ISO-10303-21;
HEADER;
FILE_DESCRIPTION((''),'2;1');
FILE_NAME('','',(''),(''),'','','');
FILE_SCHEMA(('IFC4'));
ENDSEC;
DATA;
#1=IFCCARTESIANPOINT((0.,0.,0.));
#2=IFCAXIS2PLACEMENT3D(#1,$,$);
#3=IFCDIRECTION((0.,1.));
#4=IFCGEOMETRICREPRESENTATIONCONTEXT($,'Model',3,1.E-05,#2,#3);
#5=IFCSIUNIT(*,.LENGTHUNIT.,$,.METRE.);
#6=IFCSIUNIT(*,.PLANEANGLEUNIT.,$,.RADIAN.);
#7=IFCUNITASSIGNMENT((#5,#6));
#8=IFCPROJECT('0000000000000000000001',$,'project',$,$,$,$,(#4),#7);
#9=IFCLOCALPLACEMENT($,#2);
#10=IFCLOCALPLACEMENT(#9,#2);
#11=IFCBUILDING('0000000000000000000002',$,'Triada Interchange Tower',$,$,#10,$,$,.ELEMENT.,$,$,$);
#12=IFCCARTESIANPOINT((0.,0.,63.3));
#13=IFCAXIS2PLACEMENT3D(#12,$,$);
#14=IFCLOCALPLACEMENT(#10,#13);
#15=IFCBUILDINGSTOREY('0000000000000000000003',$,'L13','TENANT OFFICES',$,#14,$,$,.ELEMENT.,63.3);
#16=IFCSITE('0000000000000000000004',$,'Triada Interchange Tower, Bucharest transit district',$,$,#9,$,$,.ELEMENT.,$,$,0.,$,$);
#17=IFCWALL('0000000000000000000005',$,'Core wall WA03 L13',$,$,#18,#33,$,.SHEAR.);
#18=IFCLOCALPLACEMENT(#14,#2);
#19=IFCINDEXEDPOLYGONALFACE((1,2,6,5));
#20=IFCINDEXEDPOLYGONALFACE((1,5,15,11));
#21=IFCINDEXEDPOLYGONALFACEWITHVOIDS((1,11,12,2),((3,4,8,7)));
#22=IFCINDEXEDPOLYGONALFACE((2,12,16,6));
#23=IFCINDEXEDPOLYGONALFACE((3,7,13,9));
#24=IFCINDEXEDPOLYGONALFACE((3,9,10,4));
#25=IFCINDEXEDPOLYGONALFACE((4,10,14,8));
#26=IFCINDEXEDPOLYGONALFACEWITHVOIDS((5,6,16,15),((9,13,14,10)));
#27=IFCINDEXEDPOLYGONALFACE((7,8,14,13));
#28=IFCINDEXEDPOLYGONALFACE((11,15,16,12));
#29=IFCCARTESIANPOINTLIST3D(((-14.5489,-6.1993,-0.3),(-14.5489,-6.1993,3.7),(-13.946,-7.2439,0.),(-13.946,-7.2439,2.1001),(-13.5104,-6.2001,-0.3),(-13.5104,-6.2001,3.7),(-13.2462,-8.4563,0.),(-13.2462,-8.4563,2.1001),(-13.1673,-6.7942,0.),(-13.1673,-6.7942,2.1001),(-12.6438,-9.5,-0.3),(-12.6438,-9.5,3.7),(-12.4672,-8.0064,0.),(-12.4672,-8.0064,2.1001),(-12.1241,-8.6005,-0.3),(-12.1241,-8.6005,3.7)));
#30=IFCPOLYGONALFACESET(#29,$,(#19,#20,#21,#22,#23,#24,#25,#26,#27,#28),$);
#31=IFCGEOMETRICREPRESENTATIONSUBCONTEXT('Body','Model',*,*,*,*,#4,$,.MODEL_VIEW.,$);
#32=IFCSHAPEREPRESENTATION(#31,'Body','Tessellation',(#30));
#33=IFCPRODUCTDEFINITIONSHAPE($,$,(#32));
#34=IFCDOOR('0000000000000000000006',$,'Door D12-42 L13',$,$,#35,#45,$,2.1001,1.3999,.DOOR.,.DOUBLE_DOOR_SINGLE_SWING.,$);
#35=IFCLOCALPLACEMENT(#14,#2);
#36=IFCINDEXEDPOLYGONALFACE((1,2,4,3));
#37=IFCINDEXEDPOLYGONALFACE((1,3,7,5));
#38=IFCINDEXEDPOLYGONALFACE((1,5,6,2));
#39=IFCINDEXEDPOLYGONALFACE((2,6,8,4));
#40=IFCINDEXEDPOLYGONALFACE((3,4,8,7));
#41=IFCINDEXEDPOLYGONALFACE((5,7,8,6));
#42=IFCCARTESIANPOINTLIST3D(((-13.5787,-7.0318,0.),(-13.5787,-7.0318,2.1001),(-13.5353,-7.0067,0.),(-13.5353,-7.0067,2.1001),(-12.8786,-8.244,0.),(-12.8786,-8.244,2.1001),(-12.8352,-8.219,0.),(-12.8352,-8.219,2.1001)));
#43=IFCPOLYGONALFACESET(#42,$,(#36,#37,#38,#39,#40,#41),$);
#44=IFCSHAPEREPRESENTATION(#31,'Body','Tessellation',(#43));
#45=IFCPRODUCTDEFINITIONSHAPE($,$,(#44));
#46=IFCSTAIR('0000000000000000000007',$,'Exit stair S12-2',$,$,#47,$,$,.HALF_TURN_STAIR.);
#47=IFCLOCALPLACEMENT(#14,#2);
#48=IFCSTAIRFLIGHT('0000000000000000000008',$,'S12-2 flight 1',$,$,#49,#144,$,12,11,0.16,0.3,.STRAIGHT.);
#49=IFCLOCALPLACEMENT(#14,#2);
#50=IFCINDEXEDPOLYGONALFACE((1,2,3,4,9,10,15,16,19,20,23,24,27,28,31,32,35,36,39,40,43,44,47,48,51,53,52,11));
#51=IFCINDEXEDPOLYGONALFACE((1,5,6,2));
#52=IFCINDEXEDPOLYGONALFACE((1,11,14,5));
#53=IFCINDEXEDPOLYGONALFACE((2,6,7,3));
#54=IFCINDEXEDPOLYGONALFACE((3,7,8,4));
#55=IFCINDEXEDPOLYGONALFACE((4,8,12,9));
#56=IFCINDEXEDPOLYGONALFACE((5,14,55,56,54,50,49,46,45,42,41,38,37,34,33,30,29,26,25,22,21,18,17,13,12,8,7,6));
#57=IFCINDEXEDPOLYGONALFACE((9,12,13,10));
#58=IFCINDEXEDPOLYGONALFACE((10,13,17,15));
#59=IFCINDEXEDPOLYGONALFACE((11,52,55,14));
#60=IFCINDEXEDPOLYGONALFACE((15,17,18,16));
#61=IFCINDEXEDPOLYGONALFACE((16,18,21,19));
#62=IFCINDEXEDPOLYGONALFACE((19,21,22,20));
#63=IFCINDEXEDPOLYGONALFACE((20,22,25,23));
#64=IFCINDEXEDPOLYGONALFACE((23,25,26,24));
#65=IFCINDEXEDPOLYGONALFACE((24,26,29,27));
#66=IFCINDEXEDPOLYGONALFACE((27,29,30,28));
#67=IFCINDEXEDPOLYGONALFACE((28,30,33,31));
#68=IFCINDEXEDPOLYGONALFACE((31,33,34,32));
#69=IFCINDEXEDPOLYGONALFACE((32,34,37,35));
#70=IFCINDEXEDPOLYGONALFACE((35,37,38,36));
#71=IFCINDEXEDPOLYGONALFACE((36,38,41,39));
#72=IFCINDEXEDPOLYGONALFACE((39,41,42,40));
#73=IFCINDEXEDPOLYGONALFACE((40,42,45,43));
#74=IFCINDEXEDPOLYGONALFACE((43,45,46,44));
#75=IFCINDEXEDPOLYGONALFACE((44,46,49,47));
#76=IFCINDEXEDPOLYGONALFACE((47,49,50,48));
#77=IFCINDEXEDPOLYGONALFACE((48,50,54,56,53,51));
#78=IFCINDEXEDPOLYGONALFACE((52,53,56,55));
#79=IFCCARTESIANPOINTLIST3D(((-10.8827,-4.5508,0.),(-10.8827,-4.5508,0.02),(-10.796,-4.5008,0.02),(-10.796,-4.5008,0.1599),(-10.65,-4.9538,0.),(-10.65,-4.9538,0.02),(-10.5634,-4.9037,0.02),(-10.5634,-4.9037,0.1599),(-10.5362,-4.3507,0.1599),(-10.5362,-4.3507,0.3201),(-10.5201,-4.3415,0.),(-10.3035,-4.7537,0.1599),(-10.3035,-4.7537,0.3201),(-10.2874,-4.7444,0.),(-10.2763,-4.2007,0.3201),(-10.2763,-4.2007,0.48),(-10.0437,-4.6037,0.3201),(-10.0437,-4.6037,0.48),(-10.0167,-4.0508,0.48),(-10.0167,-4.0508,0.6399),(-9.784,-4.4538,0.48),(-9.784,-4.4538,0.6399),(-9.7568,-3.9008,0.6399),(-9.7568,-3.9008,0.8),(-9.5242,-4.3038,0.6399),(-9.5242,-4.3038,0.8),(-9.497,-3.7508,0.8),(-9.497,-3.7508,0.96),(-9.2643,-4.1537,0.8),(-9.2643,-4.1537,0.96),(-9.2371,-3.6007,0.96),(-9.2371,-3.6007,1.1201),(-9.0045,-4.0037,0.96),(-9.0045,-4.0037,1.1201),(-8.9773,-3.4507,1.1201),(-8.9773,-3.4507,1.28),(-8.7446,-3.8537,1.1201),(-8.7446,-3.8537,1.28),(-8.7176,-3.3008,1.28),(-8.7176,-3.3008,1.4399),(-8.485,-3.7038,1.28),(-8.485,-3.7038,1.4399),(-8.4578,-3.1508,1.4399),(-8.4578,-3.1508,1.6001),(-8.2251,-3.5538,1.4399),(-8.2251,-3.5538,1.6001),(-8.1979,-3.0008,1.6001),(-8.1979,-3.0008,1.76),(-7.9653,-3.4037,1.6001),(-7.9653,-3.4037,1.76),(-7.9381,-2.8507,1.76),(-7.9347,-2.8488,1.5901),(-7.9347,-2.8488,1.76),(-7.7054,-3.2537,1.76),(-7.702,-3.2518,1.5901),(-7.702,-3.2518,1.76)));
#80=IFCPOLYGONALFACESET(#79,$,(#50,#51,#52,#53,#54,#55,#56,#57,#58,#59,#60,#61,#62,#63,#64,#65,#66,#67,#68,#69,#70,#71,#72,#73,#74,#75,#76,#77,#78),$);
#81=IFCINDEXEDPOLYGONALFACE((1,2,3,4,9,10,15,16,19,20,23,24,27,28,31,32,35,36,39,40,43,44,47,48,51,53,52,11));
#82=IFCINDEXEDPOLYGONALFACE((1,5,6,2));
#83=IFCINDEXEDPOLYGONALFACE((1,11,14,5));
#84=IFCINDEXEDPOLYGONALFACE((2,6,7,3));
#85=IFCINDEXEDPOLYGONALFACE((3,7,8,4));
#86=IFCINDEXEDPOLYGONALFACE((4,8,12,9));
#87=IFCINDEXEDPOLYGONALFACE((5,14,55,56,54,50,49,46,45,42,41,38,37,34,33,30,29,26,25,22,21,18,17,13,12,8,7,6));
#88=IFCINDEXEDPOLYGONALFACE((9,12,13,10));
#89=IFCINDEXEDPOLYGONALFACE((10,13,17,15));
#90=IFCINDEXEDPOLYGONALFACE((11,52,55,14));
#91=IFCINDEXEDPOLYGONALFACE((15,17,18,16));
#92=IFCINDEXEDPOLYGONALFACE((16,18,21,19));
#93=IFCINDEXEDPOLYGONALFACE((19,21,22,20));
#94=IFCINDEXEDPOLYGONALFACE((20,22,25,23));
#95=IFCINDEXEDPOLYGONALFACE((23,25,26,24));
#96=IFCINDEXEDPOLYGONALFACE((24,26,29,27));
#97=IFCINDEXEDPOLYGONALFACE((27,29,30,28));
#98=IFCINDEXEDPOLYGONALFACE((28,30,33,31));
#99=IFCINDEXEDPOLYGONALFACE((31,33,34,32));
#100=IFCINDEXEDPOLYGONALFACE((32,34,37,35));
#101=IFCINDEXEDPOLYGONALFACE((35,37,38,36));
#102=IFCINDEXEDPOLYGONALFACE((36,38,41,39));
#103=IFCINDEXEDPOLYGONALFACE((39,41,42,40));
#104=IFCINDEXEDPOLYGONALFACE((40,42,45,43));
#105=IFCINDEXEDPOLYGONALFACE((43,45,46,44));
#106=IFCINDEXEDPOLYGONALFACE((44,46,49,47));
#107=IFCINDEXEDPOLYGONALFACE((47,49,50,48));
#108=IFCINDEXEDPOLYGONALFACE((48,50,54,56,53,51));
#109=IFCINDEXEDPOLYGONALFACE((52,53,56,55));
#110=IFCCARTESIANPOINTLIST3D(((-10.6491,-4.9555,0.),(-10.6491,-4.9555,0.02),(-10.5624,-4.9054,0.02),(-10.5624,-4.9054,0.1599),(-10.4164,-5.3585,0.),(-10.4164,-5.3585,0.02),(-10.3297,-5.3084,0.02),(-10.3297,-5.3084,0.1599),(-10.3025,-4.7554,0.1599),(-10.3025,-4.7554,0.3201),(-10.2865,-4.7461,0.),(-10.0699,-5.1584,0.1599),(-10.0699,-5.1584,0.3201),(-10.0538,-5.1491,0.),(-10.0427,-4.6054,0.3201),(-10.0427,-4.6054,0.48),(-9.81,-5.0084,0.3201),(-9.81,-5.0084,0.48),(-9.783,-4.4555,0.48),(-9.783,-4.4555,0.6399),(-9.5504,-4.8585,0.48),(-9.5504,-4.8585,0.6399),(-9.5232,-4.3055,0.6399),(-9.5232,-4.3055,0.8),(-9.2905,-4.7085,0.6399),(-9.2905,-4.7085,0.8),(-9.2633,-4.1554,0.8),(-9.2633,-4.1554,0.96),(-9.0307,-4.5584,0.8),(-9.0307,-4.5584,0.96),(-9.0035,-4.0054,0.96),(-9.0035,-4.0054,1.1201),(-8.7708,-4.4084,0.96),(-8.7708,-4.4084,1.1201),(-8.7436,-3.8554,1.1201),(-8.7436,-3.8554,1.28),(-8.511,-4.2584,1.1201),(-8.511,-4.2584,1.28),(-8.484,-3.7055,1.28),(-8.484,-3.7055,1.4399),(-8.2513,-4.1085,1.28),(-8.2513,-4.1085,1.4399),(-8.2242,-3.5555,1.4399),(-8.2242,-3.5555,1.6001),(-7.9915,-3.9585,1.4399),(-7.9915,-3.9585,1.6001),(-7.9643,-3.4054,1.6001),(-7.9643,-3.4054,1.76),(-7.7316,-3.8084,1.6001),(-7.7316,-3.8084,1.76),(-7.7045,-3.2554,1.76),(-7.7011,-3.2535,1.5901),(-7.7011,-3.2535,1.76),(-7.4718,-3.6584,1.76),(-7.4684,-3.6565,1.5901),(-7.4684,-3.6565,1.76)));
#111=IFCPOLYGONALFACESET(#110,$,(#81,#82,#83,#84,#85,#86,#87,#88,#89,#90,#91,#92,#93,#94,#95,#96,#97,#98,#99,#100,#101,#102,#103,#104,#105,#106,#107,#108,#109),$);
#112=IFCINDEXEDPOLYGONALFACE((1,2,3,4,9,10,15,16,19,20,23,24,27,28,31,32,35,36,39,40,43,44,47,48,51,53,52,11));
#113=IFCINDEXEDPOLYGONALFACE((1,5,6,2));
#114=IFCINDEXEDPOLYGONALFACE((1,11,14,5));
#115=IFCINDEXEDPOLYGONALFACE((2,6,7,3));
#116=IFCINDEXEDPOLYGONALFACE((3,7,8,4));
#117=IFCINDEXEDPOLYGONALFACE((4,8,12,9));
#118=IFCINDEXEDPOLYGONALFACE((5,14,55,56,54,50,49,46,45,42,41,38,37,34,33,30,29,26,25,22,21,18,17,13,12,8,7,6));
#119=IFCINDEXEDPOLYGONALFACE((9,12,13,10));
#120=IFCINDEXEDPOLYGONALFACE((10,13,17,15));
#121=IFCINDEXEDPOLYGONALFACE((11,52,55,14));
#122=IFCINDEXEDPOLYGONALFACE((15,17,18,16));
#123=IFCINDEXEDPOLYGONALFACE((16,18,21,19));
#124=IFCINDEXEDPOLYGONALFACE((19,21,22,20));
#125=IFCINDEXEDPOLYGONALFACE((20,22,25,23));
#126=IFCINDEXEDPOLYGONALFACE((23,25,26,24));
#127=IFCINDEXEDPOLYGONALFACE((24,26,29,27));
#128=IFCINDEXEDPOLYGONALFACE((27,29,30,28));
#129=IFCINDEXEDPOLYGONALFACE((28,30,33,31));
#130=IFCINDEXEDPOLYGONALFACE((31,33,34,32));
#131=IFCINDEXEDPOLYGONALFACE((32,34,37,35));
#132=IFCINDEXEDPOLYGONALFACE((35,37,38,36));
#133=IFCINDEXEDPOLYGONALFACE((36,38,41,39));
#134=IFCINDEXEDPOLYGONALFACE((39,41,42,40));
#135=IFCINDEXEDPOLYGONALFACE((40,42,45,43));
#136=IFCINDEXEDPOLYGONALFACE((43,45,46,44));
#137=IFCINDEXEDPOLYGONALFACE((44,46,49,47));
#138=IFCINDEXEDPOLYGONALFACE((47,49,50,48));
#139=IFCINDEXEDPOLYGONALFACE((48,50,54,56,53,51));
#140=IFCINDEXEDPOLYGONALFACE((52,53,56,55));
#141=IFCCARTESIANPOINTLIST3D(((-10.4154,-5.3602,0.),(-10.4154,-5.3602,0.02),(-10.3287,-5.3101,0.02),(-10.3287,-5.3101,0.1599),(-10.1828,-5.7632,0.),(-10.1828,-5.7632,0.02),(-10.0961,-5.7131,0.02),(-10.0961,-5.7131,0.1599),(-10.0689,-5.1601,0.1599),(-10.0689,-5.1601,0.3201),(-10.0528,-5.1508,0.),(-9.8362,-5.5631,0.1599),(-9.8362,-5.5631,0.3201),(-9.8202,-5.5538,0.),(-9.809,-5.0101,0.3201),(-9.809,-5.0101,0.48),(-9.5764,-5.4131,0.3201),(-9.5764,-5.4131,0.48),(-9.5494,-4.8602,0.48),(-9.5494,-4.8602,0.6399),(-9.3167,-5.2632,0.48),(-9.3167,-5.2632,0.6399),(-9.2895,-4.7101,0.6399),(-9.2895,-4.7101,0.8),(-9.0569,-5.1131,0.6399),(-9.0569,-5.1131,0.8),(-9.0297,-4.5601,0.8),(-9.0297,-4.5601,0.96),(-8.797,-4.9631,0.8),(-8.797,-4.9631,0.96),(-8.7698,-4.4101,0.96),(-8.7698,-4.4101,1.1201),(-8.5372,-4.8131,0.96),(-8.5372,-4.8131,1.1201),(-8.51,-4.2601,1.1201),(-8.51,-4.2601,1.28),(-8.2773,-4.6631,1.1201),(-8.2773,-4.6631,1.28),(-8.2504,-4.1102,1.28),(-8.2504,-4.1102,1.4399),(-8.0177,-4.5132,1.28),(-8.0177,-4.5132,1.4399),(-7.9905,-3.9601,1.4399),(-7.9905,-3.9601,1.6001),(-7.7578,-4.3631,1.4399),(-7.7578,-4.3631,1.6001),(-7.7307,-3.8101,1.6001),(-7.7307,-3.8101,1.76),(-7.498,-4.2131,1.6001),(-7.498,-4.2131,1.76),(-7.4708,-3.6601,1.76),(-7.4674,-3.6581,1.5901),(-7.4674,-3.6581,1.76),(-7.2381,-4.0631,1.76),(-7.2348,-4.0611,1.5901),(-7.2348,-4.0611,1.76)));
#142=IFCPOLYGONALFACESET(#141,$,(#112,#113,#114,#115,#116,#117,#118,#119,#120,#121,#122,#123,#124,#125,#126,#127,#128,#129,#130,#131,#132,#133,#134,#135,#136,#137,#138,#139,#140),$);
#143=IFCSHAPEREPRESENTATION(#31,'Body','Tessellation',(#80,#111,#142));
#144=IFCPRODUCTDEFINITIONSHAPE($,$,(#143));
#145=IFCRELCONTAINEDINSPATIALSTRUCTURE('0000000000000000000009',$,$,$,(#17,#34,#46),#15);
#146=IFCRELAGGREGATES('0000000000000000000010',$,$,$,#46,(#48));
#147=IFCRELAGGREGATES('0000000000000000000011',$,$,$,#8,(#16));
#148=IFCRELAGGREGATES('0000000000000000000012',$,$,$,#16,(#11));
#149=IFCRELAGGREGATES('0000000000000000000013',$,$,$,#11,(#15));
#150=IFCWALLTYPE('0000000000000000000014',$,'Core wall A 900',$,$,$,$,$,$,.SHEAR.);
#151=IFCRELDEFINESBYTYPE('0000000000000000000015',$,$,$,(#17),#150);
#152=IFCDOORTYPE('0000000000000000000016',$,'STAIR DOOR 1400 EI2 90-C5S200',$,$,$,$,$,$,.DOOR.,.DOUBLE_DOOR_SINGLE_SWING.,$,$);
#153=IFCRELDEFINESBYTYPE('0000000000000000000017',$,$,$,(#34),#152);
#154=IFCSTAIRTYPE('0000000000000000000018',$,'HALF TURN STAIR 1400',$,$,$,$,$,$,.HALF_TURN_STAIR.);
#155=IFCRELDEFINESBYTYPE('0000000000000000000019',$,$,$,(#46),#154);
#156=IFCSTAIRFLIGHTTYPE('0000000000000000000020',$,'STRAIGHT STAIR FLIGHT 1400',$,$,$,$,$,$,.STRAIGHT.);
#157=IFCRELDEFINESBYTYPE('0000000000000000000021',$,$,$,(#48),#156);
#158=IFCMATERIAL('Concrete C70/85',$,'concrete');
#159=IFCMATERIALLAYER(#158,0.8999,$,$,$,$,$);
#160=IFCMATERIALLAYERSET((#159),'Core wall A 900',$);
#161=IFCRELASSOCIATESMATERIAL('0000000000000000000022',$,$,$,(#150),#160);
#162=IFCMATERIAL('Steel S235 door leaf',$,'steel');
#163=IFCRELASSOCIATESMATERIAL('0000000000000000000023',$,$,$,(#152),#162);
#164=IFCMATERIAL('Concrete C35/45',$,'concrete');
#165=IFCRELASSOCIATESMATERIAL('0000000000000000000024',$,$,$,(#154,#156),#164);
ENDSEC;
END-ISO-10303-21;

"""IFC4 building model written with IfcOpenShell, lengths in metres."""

from ifc_helpers import new_model, si_unit, direction, frame, frame_2d, origin, place, context, subcontext, project, spatial, polyline, rectangle, outline, extrude, material, layer, layer_set, type_object, element, fill, aggregate, save


model = new_model("IFC4")

# Units and contexts
model_context = context("Model", 3, precision=1e-05, world=origin(), true_north=direction((0.0, 1.0)))
body_context = subcontext(model_context, "Body", "Model", "MODEL_VIEW")
ifc_project = project(units=[si_unit("LENGTHUNIT", "METRE"), si_unit("PLANEANGLEUNIT", "RADIAN")], contexts=[model_context])

# Site, building, storey
site_placement = place(None, origin())
site = spatial("IfcSite", under=ifc_project, at=site_placement, Name="Triada Interchange Tower, Bucharest transit district", CompositionType="ELEMENT", RefElevation=0.0)
building_placement = place(site_placement, origin())
building = spatial("IfcBuilding", under=site, at=building_placement, Name="Triada Interchange Tower", CompositionType="ELEMENT")
storey_placement = place(building_placement, frame((0.0, 0.0, 63.3)))
storey = spatial("IfcBuildingStorey", under=building, at=storey_placement, Name="L13", Description="TENANT OFFICES", CompositionType="ELEMENT", Elevation=63.3)

# Shared definitions
ifc_material_1 = material(Name="Steel S235 door leaf", Category="steel")

# Wall, opening, door
ifc_material_2 = material(Name="Concrete C70/85", Category="concrete")
ifc_layer_1 = layer(ifc_material_2, 0.8999)
ifc_layer_set_1 = layer_set([ifc_layer_1], Name="Core wall A 900")
wall_type_1 = type_object("IfcWallType", Name="Core wall A 900", PredefinedType="SHEAR", material=ifc_layer_set_1)
wall_1_placement = place(storey_placement, frame((-14.03, -6.2, -0.3), z_axis=(0.0, 0.0, 1.0), x_axis=(0.500112, -0.865961, 0.0)))
wall_1 = element("IfcWall", 1, at=wall_1_placement, inside=storey, type_object=wall_type_1, Name="Core wall WA03 L13", PredefinedType="SHEAR", context=body_context, shape_type="SweptSolid", body=[
    extrude(outline(polyline([(-0.26, -0.449), (1.6455, -0.4495), (3.551, -0.45), (3.032, 0.45), (1.646, 0.45), (0.26, 0.45), (-0.26, -0.449)])), origin(), (0.0, 0.0, 1.0), 4.0),
])
opening_1_placement = place(wall_1_placement, frame((0.946, 0.0, 0.3)))
opening_1 = element("IfcOpeningElement", 2, at=opening_1_placement, cuts=wall_1, PredefinedType="OPENING", context=body_context, shape_type="SweptSolid", body=[
    extrude(rectangle(XDim=1.3999, YDim=2.1001, at=frame_2d((0.7, 1.05))), frame((0.0, 0.46, 0.0), z_axis=(0.0, -1.0, 0.0), x_axis=(1.0, 0.0, 0.0)), (0.0, 0.0, 1.0), 0.9199),
])
door_type_1 = type_object("IfcDoorType", Name="STAIR DOOR 1400 EI2 90-C5S200", OperationType="DOUBLE_DOOR_SINGLE_SWING", PredefinedType="DOOR", material=ifc_material_1)
door_1_placement = place(opening_1_placement, origin())
door_1 = element("IfcDoor", 3, at=door_1_placement, inside=storey, type_object=door_type_1, Name="Door D12-42 L13", OperationType="DOUBLE_DOOR_SINGLE_SWING", OverallHeight=2.1001, OverallWidth=1.3999, PredefinedType="DOOR", context=body_context, shape_type="SweptSolid", body=[
    extrude(rectangle(XDim=1.3999, YDim=2.1001, at=frame_2d((0.7, 1.05))), frame((0.0, 0.0249, 0.0), z_axis=(0.0, -1.0, 0.0), x_axis=(1.0, 0.0, 0.0)), (0.0, 0.0, 1.0), 0.05),
])
fill(opening_1, door_1)

# Stair, stair flight
ifc_material_3 = material(Name="Concrete C35/45", Category="concrete")
stair_type = type_object("IfcStairType", Name="HALF TURN STAIR 1400", PredefinedType="HALF_TURN_STAIR", material=ifc_material_3)
stair_placement = place(storey_placement, origin())
stair = element("IfcStair", 4, at=stair_placement, inside=storey, type_object=stair_type, Name="Exit stair S12-2", PredefinedType="HALF_TURN_STAIR")
stair_flight_type = type_object("IfcStairFlightType", Name="STRAIGHT STAIR FLIGHT 1400", PredefinedType="STRAIGHT", material=ifc_material_3)
stair_flight_1_placement = place(storey_placement, frame((-10.446, -5.1069, 0.0), z_axis=(0.0, 0.0, 1.0), x_axis=(0.866025, 0.5, 0.0)))
stair_flight_1 = element("IfcStairFlight", 5, at=stair_flight_1_placement, type_object=stair_flight_type, Name="S12-2 flight 1", NumberOfRisers=12, NumberOfTreads=11, PredefinedType="STRAIGHT", RiserHeight=0.16, TreadLength=0.3, context=body_context, shape_type="SweptSolid", body=[
    extrude(outline(polyline([(-0.1001, 0.0), (-0.1001, 0.02), (0.0, 0.02), (0.0, 0.1599), (0.3, 0.1599), (0.3, 0.3201), (0.6001, 0.3201), (0.6001, 0.48), (0.8999, 0.48), (0.8999, 0.6399), (1.2, 0.6399), (1.2, 0.8), (1.5, 0.8), (1.5, 0.96), (1.8, 0.96), (1.8, 1.1201), (2.1001, 1.1201), (2.1001, 1.28), (2.3999, 1.28), (2.3999, 1.4399), (2.7, 1.4399), (2.7, 1.6001), (3.0, 1.6001), (3.0, 1.76), (3.3, 1.76), (3.304, 1.76), (3.304, 1.9199), (3.304, 1.5901), (0.3186, 0.0), (-0.1001, 0.0)])), frame((0.0, 0.7, 0.0), z_axis=(0.0, -1.0, 0.0), x_axis=(1.0, 0.0, 0.0)), (0.0, 0.0, 1.0), 0.4653),
    extrude(outline(polyline([(-0.1001, 0.0), (-0.1001, 0.02), (0.0, 0.02), (0.0, 0.1599), (0.3, 0.1599), (0.3, 0.3201), (0.6001, 0.3201), (0.6001, 0.48), (0.8999, 0.48), (0.8999, 0.6399), (1.2, 0.6399), (1.2, 0.8), (1.5, 0.8), (1.5, 0.96), (1.8, 0.96), (1.8, 1.1201), (2.1001, 1.1201), (2.1001, 1.28), (2.3999, 1.28), (2.3999, 1.4399), (2.7, 1.4399), (2.7, 1.6001), (3.0, 1.6001), (3.0, 1.76), (3.3, 1.76), (3.304, 1.76), (3.304, 1.9199), (3.304, 1.5901), (0.3186, 0.0), (-0.1001, 0.0)])), frame((0.0, 0.2327, 0.0), z_axis=(0.0, -1.0, 0.0), x_axis=(1.0, 0.0, 0.0)), (0.0, 0.0, 1.0), 0.4653),
    extrude(outline(polyline([(-0.1001, 0.0), (-0.1001, 0.02), (0.0, 0.02), (0.0, 0.1599), (0.3, 0.1599), (0.3, 0.3201), (0.6001, 0.3201), (0.6001, 0.48), (0.8999, 0.48), (0.8999, 0.6399), (1.2, 0.6399), (1.2, 0.8), (1.5, 0.8), (1.5, 0.96), (1.8, 0.96), (1.8, 1.1201), (2.1001, 1.1201), (2.1001, 1.28), (2.3999, 1.28), (2.3999, 1.4399), (2.7, 1.4399), (2.7, 1.6001), (3.0, 1.6001), (3.0, 1.76), (3.3, 1.76), (3.304, 1.76), (3.304, 1.9199), (3.304, 1.5901), (0.3186, 0.0), (-0.1001, 0.0)])), frame((0.0, -0.2346, 0.0), z_axis=(0.0, -1.0, 0.0), x_axis=(1.0, 0.0, 0.0)), (0.0, 0.0, 1.0), 0.4653),
])
aggregate(stair, [stair_flight_1])

save(model, "model.ifc")
